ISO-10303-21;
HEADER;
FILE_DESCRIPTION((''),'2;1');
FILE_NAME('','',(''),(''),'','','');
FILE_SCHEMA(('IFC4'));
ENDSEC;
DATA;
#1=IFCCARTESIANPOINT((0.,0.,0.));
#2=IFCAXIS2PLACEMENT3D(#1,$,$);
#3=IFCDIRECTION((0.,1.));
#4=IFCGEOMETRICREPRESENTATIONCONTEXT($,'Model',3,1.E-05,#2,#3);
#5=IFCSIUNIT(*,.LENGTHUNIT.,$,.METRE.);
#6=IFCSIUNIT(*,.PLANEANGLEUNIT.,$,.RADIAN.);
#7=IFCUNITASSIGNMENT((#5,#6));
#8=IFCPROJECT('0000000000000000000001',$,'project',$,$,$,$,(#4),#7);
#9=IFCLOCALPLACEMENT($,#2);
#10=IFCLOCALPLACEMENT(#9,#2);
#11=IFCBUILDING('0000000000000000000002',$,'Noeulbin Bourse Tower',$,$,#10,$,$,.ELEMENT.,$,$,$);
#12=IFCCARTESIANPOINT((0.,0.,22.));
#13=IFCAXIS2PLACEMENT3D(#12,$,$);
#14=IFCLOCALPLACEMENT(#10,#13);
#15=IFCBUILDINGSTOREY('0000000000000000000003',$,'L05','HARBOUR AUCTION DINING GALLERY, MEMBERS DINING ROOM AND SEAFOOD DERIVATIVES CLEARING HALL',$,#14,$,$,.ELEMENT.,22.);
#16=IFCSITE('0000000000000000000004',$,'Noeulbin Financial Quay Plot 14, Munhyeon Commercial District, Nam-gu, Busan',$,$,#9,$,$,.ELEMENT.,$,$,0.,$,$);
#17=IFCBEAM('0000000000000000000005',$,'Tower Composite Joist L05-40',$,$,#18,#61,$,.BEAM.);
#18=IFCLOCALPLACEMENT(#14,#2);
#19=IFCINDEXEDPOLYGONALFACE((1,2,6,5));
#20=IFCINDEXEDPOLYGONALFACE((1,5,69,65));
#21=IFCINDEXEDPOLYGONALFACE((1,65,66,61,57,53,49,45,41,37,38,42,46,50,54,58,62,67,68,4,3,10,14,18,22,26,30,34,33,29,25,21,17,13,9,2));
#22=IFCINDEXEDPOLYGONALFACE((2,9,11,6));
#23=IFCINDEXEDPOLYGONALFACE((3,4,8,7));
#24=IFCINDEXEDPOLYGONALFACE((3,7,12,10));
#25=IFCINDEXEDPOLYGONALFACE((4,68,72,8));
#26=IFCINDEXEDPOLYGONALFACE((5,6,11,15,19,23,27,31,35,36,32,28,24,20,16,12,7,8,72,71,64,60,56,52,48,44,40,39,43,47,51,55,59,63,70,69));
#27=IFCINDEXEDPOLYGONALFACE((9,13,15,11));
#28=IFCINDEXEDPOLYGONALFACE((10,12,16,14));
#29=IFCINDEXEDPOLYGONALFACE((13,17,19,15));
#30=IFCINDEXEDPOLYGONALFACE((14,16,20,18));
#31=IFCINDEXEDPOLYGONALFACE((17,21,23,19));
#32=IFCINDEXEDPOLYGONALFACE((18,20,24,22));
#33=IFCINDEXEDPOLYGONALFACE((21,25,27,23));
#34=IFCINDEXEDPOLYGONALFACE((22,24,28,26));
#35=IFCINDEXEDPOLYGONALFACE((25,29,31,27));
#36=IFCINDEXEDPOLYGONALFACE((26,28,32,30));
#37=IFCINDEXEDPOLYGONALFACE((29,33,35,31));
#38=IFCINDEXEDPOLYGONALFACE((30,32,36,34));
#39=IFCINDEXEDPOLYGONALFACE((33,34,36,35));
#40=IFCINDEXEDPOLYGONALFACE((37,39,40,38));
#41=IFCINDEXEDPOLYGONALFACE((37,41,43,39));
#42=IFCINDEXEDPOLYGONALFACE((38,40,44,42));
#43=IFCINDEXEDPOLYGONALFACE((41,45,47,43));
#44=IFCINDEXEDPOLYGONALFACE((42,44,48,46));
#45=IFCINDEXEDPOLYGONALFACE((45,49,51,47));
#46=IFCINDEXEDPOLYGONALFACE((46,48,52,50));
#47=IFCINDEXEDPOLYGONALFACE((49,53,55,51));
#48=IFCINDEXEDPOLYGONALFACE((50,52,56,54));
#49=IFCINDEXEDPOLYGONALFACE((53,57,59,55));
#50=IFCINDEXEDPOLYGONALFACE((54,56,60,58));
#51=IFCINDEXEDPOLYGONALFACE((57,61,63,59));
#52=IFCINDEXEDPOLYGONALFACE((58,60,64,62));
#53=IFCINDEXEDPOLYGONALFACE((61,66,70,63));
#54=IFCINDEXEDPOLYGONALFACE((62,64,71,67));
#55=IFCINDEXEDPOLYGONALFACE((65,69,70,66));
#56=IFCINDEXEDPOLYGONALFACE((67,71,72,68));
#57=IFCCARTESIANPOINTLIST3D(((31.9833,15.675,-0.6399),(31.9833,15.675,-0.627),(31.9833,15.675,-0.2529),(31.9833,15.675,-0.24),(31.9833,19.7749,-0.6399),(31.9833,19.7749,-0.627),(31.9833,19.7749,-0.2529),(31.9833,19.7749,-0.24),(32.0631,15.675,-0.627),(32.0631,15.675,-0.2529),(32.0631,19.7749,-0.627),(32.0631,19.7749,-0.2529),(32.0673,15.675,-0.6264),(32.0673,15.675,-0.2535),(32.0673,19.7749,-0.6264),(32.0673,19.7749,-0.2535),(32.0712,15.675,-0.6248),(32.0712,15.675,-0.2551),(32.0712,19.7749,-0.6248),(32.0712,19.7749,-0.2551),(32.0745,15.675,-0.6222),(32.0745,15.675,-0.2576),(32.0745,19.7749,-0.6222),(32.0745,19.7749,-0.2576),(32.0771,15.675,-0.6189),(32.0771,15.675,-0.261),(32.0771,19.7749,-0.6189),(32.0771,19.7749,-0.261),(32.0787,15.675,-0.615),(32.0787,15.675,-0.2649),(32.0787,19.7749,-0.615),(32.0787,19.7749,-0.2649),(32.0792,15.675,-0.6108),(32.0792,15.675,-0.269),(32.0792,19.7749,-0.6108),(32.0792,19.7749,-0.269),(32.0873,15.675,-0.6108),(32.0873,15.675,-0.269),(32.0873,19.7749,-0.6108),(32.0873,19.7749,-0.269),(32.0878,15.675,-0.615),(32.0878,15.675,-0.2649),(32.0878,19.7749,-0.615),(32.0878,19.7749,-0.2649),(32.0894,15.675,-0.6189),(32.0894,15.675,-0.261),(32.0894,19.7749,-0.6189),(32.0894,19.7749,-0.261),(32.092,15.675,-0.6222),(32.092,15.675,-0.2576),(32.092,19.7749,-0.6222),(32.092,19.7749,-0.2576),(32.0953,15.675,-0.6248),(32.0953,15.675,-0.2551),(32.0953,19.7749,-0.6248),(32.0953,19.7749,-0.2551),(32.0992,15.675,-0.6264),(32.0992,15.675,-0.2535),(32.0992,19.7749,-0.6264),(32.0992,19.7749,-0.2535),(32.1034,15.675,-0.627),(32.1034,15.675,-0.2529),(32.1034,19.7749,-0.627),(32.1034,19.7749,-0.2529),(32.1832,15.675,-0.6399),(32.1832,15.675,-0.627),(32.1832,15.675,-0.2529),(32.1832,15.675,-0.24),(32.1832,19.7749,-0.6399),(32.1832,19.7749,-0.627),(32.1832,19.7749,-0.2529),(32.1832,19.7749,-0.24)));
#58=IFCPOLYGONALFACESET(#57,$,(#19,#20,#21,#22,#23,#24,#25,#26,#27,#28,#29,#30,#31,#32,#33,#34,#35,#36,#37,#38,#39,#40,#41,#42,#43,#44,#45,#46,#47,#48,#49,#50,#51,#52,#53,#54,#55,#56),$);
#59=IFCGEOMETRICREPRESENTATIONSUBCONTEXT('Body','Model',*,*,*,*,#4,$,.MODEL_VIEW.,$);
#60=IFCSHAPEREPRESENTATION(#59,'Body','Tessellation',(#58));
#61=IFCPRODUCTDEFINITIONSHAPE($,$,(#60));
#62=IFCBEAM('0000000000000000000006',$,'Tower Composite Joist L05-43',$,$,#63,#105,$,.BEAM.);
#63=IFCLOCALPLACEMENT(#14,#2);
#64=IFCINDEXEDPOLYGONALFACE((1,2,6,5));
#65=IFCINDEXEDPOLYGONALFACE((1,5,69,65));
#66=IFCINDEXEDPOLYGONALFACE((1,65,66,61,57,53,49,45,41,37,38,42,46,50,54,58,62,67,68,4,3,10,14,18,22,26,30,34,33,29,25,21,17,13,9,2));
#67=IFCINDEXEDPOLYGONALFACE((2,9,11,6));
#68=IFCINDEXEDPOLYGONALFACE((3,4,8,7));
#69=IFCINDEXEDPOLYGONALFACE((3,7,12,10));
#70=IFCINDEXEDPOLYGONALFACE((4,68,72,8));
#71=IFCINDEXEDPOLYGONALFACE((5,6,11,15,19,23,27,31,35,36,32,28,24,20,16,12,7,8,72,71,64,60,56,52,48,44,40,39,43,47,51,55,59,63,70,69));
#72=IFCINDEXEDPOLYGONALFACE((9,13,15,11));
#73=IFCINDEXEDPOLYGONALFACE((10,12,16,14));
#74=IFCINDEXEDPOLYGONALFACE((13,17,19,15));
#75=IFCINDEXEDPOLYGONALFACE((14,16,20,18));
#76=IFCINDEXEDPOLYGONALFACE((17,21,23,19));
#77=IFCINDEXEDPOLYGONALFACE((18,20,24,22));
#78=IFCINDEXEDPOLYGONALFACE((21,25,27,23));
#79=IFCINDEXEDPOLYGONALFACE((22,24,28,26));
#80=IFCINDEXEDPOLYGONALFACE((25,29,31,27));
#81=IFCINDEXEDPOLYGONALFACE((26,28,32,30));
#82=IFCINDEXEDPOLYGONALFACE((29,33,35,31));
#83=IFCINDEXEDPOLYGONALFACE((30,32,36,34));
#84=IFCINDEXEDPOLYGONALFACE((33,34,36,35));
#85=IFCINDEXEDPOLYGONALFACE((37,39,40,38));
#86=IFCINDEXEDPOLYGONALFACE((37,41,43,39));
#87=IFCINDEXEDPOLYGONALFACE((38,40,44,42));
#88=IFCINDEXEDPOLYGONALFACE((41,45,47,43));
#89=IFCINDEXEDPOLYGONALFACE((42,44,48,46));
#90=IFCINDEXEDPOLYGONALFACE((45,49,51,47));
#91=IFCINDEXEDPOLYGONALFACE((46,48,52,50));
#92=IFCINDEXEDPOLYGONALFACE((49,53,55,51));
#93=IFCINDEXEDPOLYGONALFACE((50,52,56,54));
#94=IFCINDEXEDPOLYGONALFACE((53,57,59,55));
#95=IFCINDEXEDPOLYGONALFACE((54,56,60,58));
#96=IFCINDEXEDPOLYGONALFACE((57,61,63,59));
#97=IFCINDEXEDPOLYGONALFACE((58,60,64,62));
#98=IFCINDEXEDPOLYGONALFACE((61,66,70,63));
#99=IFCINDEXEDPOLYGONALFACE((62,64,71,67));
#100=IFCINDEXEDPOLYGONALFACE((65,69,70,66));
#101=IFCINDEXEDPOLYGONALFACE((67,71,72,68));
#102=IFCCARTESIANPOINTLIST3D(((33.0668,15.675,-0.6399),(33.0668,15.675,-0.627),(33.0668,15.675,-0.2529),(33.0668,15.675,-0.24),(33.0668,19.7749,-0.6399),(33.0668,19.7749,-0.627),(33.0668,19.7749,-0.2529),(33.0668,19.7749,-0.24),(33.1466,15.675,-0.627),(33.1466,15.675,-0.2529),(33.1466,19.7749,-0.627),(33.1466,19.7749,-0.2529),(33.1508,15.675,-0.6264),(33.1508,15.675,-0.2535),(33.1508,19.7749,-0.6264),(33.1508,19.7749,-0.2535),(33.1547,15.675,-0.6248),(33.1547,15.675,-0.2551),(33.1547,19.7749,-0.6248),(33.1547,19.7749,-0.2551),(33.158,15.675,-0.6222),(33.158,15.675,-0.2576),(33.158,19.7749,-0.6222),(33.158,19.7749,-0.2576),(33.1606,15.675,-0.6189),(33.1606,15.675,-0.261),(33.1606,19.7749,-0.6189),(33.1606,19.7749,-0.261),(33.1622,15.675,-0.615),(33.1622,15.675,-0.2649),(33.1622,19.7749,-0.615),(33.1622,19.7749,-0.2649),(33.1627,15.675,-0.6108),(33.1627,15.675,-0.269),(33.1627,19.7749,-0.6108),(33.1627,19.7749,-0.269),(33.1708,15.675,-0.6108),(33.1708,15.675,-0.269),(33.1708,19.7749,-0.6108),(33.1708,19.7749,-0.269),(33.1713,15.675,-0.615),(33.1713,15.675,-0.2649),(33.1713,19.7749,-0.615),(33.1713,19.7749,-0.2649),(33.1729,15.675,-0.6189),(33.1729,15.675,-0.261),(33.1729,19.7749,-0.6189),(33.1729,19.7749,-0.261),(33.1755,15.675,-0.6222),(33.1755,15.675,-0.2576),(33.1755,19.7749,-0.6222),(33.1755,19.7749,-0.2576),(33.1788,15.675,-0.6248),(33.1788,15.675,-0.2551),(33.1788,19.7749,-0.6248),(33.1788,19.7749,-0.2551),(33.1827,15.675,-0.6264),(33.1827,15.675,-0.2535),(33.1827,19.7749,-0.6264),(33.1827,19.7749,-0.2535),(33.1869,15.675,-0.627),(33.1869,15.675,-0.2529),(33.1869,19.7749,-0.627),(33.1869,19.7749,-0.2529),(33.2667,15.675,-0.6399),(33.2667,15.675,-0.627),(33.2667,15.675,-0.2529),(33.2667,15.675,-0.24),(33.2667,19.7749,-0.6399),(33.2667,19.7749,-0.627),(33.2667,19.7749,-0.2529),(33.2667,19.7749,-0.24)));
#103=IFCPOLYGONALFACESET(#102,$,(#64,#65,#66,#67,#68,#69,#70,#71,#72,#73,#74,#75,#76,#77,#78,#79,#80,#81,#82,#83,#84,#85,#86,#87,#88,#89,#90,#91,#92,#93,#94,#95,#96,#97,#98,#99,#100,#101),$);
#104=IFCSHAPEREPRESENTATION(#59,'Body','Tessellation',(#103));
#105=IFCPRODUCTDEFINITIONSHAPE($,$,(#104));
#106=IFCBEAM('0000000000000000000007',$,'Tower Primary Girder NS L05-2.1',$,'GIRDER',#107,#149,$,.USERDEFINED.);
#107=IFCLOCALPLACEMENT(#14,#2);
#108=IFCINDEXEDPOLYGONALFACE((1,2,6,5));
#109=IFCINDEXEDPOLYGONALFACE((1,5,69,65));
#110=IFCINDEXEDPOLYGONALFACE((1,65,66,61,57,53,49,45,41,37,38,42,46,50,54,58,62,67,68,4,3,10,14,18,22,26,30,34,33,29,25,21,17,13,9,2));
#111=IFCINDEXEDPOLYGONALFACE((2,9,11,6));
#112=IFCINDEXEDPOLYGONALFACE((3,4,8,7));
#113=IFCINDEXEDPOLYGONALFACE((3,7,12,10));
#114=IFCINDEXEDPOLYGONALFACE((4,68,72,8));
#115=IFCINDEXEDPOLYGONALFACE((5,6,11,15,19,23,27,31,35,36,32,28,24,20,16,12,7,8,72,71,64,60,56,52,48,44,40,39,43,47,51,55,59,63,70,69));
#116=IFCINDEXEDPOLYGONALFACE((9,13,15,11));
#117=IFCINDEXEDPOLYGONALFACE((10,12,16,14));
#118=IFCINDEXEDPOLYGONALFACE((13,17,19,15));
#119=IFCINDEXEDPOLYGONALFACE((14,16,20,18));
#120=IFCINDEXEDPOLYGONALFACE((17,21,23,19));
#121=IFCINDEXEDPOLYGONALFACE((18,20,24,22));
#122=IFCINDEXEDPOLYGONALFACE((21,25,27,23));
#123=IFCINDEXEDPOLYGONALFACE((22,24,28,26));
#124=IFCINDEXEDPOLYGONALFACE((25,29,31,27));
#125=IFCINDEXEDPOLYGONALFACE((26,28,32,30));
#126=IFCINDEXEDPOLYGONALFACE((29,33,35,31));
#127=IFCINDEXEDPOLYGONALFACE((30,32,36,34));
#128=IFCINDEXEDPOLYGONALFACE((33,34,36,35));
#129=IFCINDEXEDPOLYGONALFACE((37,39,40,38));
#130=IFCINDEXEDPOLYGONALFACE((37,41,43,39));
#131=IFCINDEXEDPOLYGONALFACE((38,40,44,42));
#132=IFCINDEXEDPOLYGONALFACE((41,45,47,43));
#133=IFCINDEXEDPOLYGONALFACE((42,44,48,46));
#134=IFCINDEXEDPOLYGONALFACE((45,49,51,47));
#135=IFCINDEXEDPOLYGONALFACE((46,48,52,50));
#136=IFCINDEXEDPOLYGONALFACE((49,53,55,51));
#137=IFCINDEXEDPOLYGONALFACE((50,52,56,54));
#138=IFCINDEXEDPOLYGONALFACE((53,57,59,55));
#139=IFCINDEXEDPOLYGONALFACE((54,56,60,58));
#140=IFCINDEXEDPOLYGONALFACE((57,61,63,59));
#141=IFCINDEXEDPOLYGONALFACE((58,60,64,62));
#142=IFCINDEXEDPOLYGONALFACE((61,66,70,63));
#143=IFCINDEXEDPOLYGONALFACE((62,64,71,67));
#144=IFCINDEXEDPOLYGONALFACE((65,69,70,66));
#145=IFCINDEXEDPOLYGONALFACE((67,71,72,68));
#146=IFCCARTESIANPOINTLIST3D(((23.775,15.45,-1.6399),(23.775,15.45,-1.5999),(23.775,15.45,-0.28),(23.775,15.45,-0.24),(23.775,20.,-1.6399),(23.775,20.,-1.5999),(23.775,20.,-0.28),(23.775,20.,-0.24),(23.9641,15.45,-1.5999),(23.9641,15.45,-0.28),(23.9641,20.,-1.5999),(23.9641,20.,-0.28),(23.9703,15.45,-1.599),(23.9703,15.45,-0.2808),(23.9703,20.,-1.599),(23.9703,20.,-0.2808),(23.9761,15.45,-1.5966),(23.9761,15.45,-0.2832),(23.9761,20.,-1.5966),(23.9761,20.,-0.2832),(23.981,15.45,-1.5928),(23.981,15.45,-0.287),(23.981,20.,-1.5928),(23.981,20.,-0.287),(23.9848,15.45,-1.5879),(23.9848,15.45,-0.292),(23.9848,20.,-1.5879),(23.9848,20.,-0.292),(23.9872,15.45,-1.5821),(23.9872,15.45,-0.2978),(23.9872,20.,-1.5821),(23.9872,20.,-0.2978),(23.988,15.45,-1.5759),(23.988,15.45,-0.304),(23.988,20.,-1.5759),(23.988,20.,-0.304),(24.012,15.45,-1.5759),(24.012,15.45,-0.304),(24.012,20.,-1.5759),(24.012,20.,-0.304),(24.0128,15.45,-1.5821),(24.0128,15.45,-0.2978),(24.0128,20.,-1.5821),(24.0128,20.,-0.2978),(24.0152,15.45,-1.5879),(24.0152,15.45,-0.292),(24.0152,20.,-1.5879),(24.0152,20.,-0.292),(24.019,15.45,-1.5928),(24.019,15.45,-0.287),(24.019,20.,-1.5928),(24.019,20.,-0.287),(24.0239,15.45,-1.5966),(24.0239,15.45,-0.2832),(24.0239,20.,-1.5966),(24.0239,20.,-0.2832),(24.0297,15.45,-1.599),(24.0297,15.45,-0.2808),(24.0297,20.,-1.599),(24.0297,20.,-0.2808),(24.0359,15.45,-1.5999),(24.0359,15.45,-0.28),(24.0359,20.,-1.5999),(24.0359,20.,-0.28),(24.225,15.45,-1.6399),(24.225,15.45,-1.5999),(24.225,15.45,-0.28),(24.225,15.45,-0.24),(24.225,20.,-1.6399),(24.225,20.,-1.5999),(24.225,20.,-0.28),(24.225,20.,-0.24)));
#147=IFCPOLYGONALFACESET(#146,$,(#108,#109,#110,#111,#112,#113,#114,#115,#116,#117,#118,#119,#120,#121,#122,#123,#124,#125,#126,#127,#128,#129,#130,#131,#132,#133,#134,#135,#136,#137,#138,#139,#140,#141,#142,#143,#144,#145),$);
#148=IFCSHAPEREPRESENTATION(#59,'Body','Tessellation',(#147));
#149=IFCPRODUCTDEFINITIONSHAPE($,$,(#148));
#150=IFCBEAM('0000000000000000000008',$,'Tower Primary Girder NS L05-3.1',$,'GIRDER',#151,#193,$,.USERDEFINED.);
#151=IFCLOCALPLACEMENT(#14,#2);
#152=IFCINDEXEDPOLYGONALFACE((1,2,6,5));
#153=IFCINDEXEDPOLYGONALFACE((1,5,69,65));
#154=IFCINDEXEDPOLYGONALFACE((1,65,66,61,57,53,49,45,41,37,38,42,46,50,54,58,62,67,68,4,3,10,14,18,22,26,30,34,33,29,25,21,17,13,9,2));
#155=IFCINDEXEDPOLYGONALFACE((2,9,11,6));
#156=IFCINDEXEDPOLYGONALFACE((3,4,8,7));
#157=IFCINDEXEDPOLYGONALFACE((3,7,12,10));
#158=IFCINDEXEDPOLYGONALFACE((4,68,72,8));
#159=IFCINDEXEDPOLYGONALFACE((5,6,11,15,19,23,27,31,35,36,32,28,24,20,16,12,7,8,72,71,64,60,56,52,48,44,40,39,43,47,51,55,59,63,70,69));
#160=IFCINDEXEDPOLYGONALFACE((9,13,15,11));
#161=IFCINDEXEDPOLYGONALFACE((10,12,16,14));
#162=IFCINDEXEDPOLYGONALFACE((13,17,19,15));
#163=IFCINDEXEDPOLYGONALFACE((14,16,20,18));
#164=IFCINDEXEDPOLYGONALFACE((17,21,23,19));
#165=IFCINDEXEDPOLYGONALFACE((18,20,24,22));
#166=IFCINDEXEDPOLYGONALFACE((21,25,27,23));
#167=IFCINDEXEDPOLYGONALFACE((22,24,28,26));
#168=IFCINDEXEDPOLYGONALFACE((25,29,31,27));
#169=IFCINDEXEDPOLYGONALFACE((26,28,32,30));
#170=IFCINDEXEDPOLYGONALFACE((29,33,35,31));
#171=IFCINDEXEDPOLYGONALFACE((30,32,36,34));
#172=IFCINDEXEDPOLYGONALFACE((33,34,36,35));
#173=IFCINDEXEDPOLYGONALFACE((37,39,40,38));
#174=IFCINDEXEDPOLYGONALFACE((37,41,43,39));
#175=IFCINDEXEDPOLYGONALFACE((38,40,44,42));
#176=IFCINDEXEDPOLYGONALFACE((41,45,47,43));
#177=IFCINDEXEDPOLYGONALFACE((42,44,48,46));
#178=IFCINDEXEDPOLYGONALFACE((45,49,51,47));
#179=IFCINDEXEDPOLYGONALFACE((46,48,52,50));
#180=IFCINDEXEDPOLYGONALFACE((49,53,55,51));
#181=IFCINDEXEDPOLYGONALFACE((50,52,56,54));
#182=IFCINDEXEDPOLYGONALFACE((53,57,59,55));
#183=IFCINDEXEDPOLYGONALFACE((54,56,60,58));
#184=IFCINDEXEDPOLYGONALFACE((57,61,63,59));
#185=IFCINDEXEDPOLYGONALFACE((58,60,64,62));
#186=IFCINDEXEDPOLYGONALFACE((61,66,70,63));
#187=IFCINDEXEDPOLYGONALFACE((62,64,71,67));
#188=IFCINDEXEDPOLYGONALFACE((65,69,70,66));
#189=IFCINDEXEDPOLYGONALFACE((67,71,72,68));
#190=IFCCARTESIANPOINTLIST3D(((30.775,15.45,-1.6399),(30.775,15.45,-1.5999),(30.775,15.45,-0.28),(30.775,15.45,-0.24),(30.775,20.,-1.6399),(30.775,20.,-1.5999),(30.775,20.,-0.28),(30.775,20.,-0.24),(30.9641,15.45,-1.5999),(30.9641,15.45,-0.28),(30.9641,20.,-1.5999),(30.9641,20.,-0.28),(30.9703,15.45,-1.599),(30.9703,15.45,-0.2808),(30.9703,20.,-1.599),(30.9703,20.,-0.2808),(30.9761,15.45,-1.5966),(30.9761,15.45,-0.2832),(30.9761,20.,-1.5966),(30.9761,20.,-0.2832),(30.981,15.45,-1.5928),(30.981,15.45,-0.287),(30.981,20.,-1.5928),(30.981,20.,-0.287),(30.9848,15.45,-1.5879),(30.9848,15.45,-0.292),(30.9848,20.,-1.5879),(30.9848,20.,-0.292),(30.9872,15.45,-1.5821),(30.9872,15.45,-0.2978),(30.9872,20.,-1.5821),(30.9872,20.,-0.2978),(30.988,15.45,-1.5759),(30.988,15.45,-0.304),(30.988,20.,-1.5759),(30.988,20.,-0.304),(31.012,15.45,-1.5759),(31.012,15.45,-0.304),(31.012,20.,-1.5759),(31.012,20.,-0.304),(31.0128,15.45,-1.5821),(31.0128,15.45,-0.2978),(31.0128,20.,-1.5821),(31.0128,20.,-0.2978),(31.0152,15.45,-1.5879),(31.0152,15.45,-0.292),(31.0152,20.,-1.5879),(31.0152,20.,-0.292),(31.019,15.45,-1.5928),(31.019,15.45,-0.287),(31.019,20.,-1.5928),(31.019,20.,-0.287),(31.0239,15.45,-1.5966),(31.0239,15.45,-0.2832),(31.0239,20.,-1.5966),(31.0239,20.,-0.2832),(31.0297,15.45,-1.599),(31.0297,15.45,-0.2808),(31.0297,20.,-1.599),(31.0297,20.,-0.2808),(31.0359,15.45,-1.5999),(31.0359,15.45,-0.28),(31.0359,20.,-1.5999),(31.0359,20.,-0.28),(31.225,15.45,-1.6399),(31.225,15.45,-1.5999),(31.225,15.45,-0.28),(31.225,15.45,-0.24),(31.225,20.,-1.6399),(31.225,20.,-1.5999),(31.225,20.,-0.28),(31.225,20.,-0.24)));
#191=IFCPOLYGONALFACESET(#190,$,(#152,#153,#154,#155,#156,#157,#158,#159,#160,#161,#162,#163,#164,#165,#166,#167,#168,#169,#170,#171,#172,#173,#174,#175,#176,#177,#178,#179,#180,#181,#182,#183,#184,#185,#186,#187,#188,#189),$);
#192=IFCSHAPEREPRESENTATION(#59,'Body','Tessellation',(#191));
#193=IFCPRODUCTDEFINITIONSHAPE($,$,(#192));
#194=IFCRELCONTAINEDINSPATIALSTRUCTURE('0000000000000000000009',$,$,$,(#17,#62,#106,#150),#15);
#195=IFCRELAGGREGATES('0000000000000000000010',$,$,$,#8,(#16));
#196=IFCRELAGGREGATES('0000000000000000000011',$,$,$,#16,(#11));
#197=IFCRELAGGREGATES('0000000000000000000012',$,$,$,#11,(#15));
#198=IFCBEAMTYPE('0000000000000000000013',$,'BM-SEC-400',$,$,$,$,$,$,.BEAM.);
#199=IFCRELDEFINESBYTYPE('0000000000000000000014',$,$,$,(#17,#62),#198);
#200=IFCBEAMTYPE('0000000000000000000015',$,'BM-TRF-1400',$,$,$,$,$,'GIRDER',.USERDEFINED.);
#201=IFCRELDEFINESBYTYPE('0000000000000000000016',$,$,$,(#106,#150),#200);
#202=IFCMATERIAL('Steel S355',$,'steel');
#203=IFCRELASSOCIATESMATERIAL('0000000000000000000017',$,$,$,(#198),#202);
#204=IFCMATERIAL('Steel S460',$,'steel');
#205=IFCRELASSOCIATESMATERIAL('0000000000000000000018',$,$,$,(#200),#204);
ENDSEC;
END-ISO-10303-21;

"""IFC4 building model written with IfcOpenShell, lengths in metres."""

from ifc_helpers import new_model, si_unit, direction, frame, origin, origin_2d, place, context, subcontext, project, spatial, i_section, extrude, material, material_profile, profile_set, type_object, element, save


model = new_model("IFC4")

# Units and contexts
model_context = context("Model", 3, precision=1e-05, world=origin(), true_north=direction((0.0, 1.0)))
body_context = subcontext(model_context, "Body", "Model", "MODEL_VIEW")
ifc_project = project(units=[si_unit("LENGTHUNIT", "METRE"), si_unit("PLANEANGLEUNIT", "RADIAN")], contexts=[model_context])

# Site, building, storey
site_placement = place(None, origin())
site = spatial("IfcSite", under=ifc_project, at=site_placement, Name="Noeulbin Financial Quay Plot 14, Munhyeon Commercial District, Nam-gu, Busan", CompositionType="ELEMENT", RefElevation=0.0)
building_placement = place(site_placement, origin())
building = spatial("IfcBuilding", under=site, at=building_placement, Name="Noeulbin Bourse Tower", CompositionType="ELEMENT")
storey_placement = place(building_placement, frame((0.0, 0.0, 22.0)))
storey = spatial("IfcBuildingStorey", under=building, at=storey_placement, Name="L05", Description="HARBOUR AUCTION DINING GALLERY, MEMBERS DINING ROOM AND SEAFOOD DERIVATIVES CLEARING HALL", CompositionType="ELEMENT", Elevation=22.0)

# Shared definitions
ifc_material_1 = material(Name="Steel S460", Category="steel")

# Beams
ifc_material_2 = material(Name="Steel S355", Category="steel")
ifc_material_profile_1 = material_profile(ifc_material_2, i_section(OverallWidth=0.2, OverallDepth=0.3999, WebThickness=0.0081, FlangeThickness=0.0129, FilletRadius=0.0161, at=origin_2d()), Name="H-400x200x8x13", Category="LoadBearing")
ifc_profile_set_1 = profile_set([ifc_material_profile_1], Name="Steel S355")
beam_type_1 = type_object("IfcBeamType", Name="BM-SEC-400", PredefinedType="BEAM", material=ifc_profile_set_1)
for number, where, z_axis, x_axis, name in (
    (1, (32.0833, 15.675, -0.4399), (0.0, 1.0, 0.0), (-1.0, 0.0, 0.0), "Tower Composite Joist L05-40"),
    (2, (33.1667, 15.675, -0.4399), (0.0, 1.0, 0.0), (-1.0, 0.0, 0.0), "Tower Composite Joist L05-43"),
):
    element("IfcBeam", number, at=place(storey_placement, frame(where, z_axis=z_axis, x_axis=x_axis)), inside=storey, type_object=beam_type_1, Name=name, PredefinedType="BEAM", context=body_context, shape_type="SweptSolid", body=[
        extrude(i_section(OverallWidth=0.2, OverallDepth=0.3999, WebThickness=0.0081, FlangeThickness=0.0129, FilletRadius=0.0161, at=origin_2d()), origin(), (0.0, 0.0, 1.0), 4.0999),
    ])
ifc_material_profile_2 = material_profile(ifc_material_1, i_section(OverallWidth=0.45, OverallDepth=1.3999, WebThickness=0.0239, FlangeThickness=0.04, FilletRadius=0.0239, at=origin_2d()), Name="PG-1400x450x24x40", Category="LoadBearing")
ifc_profile_set_2 = profile_set([ifc_material_profile_2], Name="Steel S460")
beam_type_2 = type_object("IfcBeamType", Name="BM-TRF-1400", ElementType="GIRDER", PredefinedType="USERDEFINED", material=ifc_profile_set_2)
for number, where, z_axis, x_axis, name in (
    (3, (24.0, 15.45, -0.9399), (0.0, 1.0, 0.0), (-1.0, 0.0, 0.0), "Tower Primary Girder NS L05-2.1"),
    (4, (31.0, 15.45, -0.9399), (0.0, 1.0, 0.0), (-1.0, 0.0, 0.0), "Tower Primary Girder NS L05-3.1"),
):
    element("IfcBeam", number, at=place(storey_placement, frame(where, z_axis=z_axis, x_axis=x_axis)), inside=storey, type_object=beam_type_2, Name=name, ObjectType="GIRDER", PredefinedType="USERDEFINED", context=body_context, shape_type="SweptSolid", body=[
        extrude(i_section(OverallWidth=0.45, OverallDepth=1.3999, WebThickness=0.0239, FlangeThickness=0.04, FilletRadius=0.0239, at=origin_2d()), origin(), (0.0, 0.0, 1.0), 4.55),
    ])

save(model, "model.ifc")
